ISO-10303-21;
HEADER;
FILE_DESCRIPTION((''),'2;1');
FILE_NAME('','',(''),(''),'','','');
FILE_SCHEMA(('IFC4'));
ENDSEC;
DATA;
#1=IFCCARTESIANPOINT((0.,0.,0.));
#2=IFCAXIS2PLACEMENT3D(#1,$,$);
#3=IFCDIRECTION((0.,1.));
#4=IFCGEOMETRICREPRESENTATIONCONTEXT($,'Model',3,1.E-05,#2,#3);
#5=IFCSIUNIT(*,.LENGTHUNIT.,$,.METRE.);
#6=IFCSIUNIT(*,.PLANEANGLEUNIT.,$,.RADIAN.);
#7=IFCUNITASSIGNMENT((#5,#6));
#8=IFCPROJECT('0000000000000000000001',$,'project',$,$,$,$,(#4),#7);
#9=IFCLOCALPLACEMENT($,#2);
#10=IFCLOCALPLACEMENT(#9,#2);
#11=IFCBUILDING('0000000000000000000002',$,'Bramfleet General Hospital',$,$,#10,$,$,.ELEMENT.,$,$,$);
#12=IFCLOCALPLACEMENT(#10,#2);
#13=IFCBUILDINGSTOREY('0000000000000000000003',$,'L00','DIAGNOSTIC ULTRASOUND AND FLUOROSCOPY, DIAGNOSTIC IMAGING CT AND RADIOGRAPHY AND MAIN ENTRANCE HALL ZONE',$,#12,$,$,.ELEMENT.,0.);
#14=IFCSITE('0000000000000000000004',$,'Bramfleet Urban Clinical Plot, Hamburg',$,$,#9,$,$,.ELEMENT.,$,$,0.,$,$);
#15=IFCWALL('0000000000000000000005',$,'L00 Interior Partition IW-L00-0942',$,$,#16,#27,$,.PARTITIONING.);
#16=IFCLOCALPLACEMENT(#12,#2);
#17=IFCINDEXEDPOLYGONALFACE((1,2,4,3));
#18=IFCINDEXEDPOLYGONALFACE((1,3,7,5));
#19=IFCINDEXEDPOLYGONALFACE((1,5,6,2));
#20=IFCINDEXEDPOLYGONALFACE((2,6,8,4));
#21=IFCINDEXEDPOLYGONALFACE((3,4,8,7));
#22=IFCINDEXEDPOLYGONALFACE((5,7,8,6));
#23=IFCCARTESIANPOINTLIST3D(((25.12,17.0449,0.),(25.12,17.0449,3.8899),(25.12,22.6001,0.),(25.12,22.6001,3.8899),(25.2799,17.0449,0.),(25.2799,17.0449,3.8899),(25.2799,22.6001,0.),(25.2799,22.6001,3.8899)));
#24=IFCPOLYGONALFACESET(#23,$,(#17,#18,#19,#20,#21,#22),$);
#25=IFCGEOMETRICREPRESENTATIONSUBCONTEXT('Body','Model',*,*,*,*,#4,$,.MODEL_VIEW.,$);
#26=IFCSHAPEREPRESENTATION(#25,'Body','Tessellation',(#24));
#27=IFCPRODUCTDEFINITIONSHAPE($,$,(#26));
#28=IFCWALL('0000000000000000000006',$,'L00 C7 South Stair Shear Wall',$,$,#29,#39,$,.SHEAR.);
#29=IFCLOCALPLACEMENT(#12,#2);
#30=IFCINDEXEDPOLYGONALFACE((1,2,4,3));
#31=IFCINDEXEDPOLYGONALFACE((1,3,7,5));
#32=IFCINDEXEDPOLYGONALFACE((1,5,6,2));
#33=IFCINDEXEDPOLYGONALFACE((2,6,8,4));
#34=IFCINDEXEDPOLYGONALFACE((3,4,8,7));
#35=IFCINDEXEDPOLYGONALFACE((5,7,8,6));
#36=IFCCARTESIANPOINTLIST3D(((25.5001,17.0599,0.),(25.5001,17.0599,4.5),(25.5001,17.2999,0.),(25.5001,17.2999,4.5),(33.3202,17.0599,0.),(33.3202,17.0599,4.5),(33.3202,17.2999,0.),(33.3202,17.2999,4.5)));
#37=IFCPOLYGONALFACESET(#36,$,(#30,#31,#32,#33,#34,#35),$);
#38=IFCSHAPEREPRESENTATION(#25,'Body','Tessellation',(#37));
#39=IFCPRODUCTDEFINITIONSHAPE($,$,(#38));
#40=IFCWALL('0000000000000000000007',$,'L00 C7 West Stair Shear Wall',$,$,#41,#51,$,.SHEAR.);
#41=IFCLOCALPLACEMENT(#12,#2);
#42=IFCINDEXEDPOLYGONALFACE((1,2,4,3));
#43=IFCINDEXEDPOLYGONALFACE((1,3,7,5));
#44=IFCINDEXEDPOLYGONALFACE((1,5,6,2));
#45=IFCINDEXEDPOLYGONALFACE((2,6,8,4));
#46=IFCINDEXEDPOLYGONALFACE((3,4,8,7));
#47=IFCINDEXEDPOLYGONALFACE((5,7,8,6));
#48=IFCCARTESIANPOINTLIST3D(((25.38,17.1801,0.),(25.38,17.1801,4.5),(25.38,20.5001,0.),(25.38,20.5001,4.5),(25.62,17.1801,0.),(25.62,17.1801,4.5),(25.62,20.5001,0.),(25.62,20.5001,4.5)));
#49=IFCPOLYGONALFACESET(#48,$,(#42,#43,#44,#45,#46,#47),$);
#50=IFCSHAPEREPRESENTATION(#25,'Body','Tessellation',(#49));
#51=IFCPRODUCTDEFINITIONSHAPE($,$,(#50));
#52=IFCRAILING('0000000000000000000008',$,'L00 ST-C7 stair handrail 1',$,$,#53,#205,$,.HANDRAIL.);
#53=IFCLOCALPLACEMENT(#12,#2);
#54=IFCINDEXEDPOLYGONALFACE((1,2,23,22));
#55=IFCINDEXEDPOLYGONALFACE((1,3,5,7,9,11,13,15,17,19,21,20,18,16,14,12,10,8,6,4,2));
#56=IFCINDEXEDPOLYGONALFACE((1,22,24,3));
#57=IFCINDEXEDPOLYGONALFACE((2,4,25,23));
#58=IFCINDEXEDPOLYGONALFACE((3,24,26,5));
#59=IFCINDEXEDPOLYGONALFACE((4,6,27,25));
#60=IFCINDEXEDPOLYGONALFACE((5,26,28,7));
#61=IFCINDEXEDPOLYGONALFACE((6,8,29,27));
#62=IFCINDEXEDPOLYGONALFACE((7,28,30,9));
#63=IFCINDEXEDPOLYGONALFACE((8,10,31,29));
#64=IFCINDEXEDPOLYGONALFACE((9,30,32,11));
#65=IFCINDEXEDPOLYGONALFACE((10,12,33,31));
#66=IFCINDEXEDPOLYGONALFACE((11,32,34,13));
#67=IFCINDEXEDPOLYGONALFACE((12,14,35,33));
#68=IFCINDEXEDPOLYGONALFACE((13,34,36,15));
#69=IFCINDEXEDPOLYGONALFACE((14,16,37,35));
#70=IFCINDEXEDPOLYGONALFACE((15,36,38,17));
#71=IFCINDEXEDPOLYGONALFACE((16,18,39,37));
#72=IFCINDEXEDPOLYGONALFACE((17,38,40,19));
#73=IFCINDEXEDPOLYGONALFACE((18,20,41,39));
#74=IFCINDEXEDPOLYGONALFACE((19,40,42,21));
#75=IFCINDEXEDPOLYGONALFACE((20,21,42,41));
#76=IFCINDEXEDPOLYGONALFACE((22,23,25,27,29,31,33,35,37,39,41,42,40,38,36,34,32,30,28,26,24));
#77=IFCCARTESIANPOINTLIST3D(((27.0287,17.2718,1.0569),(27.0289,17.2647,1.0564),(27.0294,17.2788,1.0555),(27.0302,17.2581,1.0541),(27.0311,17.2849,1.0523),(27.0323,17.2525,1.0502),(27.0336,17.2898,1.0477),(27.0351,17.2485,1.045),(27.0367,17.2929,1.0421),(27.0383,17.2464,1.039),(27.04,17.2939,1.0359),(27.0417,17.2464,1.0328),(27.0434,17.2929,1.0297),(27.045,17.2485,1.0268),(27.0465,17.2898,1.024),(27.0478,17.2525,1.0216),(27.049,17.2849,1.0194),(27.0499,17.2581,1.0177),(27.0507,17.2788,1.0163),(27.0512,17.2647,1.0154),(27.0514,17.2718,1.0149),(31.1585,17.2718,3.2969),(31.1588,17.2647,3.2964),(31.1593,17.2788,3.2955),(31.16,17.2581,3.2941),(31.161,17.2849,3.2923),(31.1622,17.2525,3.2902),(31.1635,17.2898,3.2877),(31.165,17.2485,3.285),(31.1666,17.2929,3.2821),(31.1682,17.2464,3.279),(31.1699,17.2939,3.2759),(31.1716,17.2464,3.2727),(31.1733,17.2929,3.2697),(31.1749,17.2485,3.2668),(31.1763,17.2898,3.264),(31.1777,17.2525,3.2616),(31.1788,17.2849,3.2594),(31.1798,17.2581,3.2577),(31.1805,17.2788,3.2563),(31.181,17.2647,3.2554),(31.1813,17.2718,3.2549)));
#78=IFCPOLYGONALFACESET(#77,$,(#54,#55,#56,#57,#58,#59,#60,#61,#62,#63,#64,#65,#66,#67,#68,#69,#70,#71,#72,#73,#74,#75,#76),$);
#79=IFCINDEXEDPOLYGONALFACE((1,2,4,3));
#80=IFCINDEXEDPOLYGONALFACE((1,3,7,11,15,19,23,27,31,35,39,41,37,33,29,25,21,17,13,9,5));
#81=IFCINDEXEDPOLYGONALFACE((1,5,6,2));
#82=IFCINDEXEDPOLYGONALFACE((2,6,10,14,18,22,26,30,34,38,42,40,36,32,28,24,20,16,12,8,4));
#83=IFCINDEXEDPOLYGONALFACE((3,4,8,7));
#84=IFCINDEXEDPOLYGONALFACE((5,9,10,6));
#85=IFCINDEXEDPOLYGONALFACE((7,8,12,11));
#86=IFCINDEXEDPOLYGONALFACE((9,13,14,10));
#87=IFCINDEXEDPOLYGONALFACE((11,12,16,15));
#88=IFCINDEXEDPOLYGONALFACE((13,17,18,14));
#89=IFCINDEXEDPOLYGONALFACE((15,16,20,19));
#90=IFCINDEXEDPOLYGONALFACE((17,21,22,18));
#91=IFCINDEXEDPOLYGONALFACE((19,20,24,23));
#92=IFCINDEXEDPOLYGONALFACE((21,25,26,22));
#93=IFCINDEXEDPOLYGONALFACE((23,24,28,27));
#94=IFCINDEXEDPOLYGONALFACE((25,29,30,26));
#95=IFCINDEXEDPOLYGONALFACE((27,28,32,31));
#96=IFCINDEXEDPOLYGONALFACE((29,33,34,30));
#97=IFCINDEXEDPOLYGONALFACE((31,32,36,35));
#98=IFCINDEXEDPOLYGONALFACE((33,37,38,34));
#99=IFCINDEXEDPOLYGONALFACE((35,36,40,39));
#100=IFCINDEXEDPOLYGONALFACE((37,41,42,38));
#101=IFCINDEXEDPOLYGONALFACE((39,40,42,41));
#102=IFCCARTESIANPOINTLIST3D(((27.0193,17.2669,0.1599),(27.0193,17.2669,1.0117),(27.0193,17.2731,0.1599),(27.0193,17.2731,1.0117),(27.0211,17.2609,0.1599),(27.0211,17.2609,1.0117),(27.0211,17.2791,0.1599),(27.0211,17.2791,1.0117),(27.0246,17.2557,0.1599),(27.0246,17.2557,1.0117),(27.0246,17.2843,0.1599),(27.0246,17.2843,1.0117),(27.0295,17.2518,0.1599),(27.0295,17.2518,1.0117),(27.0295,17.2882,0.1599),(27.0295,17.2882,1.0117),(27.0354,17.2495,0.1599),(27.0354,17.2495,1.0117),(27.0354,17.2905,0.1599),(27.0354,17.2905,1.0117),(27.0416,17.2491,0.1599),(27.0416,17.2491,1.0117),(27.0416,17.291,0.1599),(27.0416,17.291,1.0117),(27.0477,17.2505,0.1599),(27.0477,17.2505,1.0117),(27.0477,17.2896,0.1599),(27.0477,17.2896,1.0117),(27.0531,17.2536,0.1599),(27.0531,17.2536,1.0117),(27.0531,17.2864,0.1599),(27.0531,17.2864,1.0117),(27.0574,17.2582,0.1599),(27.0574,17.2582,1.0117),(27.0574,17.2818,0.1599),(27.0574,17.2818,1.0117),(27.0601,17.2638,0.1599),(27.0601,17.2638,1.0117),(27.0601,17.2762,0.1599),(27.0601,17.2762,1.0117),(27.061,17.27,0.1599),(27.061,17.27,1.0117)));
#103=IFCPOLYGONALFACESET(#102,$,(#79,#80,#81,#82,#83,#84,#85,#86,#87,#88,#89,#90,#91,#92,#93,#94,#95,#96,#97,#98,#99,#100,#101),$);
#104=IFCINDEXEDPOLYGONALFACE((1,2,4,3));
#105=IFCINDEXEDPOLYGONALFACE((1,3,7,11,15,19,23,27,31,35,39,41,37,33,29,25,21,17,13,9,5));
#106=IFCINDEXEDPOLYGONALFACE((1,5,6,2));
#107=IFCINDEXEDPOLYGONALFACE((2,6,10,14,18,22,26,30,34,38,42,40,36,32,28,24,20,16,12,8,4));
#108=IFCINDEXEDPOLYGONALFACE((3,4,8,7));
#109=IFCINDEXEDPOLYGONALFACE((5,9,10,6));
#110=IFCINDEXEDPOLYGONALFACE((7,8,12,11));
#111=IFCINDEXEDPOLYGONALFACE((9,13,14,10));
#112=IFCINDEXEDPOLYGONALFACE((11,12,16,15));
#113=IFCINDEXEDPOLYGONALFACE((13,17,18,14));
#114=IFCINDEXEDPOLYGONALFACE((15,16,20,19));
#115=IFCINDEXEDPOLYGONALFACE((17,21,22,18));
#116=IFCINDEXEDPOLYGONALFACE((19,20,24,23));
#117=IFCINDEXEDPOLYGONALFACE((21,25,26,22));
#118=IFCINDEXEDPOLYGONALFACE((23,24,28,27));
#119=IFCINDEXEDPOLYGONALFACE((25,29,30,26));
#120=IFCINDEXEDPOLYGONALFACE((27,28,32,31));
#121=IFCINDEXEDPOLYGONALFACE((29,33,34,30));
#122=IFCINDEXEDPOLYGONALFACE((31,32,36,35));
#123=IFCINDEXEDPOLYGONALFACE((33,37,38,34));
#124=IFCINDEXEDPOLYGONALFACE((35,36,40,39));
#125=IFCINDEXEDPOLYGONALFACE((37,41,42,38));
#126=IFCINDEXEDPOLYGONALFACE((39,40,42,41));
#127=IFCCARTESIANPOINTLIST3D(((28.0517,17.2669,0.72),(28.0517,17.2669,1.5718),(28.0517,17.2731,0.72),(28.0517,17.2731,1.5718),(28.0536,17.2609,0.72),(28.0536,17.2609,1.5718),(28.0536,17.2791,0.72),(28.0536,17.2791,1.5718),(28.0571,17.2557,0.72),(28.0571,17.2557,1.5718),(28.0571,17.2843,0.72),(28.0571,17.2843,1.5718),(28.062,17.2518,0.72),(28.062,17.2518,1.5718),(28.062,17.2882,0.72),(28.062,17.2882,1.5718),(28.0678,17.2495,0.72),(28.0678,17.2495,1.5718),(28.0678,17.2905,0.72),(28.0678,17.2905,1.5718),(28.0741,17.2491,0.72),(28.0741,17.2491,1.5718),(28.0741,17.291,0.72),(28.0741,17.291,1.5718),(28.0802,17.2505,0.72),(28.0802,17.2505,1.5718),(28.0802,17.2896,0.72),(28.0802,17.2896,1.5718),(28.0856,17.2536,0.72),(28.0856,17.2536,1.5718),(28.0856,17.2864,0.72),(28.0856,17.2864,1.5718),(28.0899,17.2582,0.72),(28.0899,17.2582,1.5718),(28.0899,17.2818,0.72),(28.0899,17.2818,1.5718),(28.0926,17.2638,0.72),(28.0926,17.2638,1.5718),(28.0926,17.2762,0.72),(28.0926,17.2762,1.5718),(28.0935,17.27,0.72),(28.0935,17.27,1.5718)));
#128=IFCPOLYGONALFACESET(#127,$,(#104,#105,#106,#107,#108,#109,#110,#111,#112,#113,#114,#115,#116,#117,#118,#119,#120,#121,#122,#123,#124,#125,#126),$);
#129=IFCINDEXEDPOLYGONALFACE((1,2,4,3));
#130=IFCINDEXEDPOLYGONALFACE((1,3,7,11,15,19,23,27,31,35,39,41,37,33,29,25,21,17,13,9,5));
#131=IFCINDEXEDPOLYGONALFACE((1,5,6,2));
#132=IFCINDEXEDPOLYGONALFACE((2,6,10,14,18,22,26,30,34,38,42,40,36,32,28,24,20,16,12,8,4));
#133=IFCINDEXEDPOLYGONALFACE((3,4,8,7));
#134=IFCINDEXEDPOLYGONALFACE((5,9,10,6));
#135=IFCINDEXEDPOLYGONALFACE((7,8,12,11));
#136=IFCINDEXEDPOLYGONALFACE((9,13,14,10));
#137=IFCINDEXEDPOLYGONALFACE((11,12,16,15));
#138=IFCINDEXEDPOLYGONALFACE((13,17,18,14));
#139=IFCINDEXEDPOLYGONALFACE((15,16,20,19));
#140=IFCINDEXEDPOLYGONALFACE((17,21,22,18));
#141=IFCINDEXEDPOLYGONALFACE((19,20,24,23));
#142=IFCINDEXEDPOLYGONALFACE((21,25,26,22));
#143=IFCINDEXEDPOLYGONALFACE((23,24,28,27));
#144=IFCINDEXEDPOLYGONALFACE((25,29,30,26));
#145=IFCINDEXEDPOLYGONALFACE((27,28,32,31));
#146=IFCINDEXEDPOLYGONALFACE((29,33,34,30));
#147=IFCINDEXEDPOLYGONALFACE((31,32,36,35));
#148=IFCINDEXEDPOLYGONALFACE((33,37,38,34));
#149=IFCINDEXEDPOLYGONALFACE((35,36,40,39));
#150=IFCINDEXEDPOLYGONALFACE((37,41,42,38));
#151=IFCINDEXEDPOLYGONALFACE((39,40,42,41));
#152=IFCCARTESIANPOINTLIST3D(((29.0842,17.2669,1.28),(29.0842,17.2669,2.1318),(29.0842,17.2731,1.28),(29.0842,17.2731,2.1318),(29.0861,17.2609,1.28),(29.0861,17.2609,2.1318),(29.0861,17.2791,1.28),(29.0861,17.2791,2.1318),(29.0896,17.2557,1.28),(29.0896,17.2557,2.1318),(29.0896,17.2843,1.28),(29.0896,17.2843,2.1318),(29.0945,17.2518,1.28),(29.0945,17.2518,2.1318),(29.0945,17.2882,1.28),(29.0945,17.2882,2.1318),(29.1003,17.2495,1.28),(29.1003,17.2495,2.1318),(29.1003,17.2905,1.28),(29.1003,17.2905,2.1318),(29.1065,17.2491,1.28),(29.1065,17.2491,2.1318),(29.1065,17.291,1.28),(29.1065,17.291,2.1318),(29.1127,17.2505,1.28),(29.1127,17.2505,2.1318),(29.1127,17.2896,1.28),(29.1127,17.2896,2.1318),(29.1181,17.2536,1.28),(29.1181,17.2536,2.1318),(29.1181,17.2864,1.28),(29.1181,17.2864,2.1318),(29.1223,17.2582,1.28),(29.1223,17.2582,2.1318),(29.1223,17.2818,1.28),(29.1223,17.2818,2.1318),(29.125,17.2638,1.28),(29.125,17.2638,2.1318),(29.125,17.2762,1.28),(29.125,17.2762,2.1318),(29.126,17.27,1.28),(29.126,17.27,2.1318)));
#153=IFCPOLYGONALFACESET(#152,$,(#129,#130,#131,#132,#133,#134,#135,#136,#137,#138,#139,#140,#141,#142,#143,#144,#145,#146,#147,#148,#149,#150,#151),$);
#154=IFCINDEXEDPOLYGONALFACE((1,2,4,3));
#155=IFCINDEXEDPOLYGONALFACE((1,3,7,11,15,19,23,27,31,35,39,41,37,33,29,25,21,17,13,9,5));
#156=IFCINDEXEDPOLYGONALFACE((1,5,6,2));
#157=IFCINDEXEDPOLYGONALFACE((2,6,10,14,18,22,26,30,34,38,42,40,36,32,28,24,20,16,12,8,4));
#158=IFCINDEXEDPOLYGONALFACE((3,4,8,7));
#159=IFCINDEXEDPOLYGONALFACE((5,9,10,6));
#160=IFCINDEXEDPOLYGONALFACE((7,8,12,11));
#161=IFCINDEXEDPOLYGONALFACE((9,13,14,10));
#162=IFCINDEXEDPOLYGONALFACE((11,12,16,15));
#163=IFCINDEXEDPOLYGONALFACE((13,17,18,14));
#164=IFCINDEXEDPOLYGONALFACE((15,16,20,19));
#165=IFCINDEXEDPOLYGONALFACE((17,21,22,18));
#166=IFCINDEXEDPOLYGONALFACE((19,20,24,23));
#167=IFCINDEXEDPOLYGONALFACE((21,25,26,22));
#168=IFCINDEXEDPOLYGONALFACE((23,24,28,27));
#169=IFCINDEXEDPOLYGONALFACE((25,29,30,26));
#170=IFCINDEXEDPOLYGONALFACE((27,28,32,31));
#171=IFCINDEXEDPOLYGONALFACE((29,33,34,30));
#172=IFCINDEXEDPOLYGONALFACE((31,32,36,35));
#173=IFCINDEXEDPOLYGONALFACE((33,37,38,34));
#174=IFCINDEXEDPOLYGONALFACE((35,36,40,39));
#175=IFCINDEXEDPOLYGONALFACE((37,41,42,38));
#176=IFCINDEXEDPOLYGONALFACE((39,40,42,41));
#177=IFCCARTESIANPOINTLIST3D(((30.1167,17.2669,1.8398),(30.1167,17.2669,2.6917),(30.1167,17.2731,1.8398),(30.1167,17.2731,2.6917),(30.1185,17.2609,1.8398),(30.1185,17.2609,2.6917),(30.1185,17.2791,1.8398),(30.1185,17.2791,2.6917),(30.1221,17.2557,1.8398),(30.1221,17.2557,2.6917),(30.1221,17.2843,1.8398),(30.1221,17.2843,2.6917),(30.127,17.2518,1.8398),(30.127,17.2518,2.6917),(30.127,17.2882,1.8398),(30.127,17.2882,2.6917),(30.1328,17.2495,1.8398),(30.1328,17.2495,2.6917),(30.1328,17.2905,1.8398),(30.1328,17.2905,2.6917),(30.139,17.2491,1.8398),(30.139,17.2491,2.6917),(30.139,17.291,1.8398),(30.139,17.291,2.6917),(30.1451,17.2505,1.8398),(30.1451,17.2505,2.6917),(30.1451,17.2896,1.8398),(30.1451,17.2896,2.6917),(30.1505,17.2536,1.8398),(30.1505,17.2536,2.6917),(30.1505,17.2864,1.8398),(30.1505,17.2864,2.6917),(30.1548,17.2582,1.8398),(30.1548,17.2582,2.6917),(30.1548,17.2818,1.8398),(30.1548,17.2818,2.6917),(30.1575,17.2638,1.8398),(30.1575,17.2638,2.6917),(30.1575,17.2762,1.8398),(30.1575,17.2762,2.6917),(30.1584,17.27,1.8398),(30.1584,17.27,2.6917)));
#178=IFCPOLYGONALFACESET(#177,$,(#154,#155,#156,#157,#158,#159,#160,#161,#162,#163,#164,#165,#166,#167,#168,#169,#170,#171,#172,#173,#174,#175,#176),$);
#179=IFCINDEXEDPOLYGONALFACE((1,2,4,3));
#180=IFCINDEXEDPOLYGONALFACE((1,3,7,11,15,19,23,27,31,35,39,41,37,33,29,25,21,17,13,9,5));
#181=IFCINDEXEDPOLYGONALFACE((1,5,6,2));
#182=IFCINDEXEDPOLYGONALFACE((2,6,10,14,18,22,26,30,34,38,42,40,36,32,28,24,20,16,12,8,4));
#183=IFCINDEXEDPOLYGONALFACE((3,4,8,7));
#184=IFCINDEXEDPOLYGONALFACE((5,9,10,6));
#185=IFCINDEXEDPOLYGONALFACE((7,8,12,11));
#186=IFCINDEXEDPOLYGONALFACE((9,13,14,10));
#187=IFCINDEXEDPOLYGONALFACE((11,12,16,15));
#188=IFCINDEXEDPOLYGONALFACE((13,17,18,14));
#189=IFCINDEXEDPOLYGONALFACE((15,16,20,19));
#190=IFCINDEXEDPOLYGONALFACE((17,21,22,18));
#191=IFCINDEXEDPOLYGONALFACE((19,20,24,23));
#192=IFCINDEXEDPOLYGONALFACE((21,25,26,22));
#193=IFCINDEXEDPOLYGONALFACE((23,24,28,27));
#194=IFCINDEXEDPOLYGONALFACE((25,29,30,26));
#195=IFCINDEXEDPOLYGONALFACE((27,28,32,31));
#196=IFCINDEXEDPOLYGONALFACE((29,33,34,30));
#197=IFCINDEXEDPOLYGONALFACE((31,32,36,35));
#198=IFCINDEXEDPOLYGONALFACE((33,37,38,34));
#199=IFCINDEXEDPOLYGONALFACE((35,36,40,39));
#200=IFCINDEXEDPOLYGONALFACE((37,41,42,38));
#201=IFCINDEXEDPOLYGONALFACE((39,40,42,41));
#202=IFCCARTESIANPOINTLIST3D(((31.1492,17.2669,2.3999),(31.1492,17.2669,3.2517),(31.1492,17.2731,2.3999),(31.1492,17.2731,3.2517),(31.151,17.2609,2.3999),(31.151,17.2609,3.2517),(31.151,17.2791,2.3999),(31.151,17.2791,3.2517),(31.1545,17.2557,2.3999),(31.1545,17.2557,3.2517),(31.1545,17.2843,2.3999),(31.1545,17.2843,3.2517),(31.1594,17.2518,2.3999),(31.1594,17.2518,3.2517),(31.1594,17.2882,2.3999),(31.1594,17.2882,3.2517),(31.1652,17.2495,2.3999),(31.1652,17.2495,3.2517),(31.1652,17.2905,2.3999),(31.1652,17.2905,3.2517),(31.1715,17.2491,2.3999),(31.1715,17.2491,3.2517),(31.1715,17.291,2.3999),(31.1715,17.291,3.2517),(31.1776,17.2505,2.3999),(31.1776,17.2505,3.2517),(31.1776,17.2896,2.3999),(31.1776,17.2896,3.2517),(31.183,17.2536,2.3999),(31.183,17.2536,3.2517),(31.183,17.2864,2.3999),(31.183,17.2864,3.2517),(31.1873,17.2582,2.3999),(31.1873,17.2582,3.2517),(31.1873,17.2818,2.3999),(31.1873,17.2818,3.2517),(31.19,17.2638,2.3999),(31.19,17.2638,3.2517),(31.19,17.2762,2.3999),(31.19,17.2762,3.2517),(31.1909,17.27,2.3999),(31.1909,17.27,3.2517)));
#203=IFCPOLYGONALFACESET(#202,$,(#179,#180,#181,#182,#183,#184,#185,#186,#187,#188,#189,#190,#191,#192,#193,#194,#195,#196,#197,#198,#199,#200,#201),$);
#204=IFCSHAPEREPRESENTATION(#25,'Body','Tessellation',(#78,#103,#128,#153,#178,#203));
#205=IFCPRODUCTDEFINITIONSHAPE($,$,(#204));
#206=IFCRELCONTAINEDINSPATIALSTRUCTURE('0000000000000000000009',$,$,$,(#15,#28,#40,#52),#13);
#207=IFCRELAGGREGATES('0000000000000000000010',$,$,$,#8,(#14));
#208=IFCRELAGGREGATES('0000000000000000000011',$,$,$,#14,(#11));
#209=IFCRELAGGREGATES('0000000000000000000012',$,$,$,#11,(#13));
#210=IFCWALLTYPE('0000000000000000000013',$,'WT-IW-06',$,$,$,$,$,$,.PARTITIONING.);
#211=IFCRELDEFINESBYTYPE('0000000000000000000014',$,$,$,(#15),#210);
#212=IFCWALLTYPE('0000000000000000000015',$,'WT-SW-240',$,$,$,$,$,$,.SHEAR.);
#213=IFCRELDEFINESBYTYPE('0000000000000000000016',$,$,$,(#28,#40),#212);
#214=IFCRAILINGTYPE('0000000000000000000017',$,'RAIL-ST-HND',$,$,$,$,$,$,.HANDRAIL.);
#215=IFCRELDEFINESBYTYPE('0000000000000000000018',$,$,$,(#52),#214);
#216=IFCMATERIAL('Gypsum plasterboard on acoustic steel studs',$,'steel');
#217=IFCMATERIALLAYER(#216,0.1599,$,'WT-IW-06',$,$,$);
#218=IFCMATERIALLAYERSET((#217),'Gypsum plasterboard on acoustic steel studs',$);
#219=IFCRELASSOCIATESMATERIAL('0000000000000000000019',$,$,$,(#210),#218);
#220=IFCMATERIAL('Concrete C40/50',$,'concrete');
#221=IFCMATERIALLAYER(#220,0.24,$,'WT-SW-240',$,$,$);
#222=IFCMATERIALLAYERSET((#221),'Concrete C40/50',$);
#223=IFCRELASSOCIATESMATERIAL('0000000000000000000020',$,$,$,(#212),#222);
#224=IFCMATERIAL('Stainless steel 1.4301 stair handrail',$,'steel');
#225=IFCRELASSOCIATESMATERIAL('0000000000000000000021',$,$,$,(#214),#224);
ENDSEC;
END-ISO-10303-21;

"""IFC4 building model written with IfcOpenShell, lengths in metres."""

from ifc_helpers import new_model, si_unit, direction, frame, frame_2d, origin, origin_2d, place, context, subcontext, project, spatial, rectangle, circle, extrude, material, layer, layer_set, type_object, element, save


model = new_model("IFC4")

# Units and contexts
model_context = context("Model", 3, precision=1e-05, world=origin(), true_north=direction((0.0, 1.0)))
body_context = subcontext(model_context, "Body", "Model", "MODEL_VIEW")
ifc_project = project(units=[si_unit("LENGTHUNIT", "METRE"), si_unit("PLANEANGLEUNIT", "RADIAN")], contexts=[model_context])

# Site, building, storey
site_placement = place(None, origin())
site = spatial("IfcSite", under=ifc_project, at=site_placement, Name="Bramfleet Urban Clinical Plot, Hamburg", CompositionType="ELEMENT", RefElevation=0.0)
building_placement = place(site_placement, origin())
building = spatial("IfcBuilding", under=site, at=building_placement, Name="Bramfleet General Hospital", CompositionType="ELEMENT")
storey_placement = place(building_placement, origin())
storey = spatial("IfcBuildingStorey", under=building, at=storey_placement, Name="L00", Description="DIAGNOSTIC ULTRASOUND AND FLUOROSCOPY, DIAGNOSTIC IMAGING CT AND RADIOGRAPHY AND MAIN ENTRANCE HALL ZONE", CompositionType="ELEMENT", Elevation=0.0)

# Shared definitions
ifc_material_1 = material(Name="Concrete C40/50", Category="concrete")

# Walls
ifc_material_2 = material(Name="Gypsum plasterboard on acoustic steel studs", Category="steel")
ifc_layer_1 = layer(ifc_material_2, 0.1599, Name="WT-IW-06")
ifc_layer_set_1 = layer_set([ifc_layer_1], Name="Gypsum plasterboard on acoustic steel studs")
wall_type_1 = type_object("IfcWallType", Name="WT-IW-06", PredefinedType="PARTITIONING", material=ifc_layer_set_1)
wall_1_placement = place(storey_placement, frame((25.2, 17.0449, 0.0), z_axis=(0.0, 0.0, 1.0), x_axis=(0.0, 1.0, 0.0)))
element("IfcWall", 1, at=wall_1_placement, inside=storey, type_object=wall_type_1, Name="L00 Interior Partition IW-L00-0942", PredefinedType="PARTITIONING", context=body_context, shape_type="SweptSolid", body=[
    extrude(rectangle(XDim=5.5552, YDim=0.1599, at=frame_2d((2.7776, 0.0))), origin(), (0.0, 0.0, 1.0), 3.8899),
])
ifc_layer_2 = layer(ifc_material_1, 0.24, Name="WT-SW-240")
ifc_layer_set_2 = layer_set([ifc_layer_2], Name="Concrete C40/50")
wall_type_2 = type_object("IfcWallType", Name="WT-SW-240", PredefinedType="SHEAR", material=ifc_layer_set_2)
wall_2_placement = place(storey_placement, frame((25.5, 17.1799, 0.0), z_axis=(0.0, 0.0, 1.0), x_axis=(1.0, 0.0, 0.0)))
element("IfcWall", 2, at=wall_2_placement, inside=storey, type_object=wall_type_2, Name="L00 C7 South Stair Shear Wall", PredefinedType="SHEAR", context=body_context, shape_type="SweptSolid", body=[
    extrude(rectangle(XDim=7.8201, YDim=0.24, at=frame_2d((3.9102, 0.0))), origin(), (0.0, 0.0, 1.0), 4.5),
])
wall_3_placement = place(storey_placement, frame((25.5, 17.1799, 0.0), z_axis=(0.0, 0.0, 1.0), x_axis=(0.0, 1.0, 0.0)))
element("IfcWall", 3, at=wall_3_placement, inside=storey, type_object=wall_type_2, Name="L00 C7 West Stair Shear Wall", PredefinedType="SHEAR", context=body_context, shape_type="SweptSolid", body=[
    extrude(rectangle(XDim=3.3201, YDim=0.24, at=frame_2d((1.6602, 0.0))), origin(), (0.0, 0.0, 1.0), 4.5),
])

# Railing
ifc_material_3 = material(Name="Stainless steel 1.4301 stair handrail", Category="steel")
railing_type = type_object("IfcRailingType", Name="RAIL-ST-HND", PredefinedType="HANDRAIL", material=ifc_material_3)
railing_placement = place(storey_placement, frame((27.04, 17.27, 0.1599)))
element("IfcRailing", 4, at=railing_placement, inside=storey, type_object=railing_type, Name="L00 ST-C7 stair handrail 1", PredefinedType="HANDRAIL", context=body_context, shape_type="SweptSolid", body=[
    extrude(circle(Radius=0.0239, at=origin_2d()), frame((0.0, 0.0, 0.876), z_axis=(0.879027, 0.0, 0.476772), x_axis=(0.0, 1.0, 0.0)), (0.0, 0.0, 1.0), 4.6982),
    extrude(circle(Radius=0.021, at=origin_2d()), origin(), (0.0, 0.0, 1.0), 0.8518),
    extrude(circle(Radius=0.021, at=origin_2d()), frame((1.0325, 0.0, 0.5601)), (0.0, 0.0, 1.0), 0.8518),
    extrude(circle(Radius=0.021, at=origin_2d()), frame((2.0649, 0.0, 1.1201)), (0.0, 0.0, 1.0), 0.8518),
    extrude(circle(Radius=0.021, at=origin_2d()), frame((3.0974, 0.0, 1.6799)), (0.0, 0.0, 1.0), 0.8518),
    extrude(circle(Radius=0.021, at=origin_2d()), frame((4.1299, 0.0, 2.24)), (0.0, 0.0, 1.0), 0.8518),
])

save(model, "model.ifc")
